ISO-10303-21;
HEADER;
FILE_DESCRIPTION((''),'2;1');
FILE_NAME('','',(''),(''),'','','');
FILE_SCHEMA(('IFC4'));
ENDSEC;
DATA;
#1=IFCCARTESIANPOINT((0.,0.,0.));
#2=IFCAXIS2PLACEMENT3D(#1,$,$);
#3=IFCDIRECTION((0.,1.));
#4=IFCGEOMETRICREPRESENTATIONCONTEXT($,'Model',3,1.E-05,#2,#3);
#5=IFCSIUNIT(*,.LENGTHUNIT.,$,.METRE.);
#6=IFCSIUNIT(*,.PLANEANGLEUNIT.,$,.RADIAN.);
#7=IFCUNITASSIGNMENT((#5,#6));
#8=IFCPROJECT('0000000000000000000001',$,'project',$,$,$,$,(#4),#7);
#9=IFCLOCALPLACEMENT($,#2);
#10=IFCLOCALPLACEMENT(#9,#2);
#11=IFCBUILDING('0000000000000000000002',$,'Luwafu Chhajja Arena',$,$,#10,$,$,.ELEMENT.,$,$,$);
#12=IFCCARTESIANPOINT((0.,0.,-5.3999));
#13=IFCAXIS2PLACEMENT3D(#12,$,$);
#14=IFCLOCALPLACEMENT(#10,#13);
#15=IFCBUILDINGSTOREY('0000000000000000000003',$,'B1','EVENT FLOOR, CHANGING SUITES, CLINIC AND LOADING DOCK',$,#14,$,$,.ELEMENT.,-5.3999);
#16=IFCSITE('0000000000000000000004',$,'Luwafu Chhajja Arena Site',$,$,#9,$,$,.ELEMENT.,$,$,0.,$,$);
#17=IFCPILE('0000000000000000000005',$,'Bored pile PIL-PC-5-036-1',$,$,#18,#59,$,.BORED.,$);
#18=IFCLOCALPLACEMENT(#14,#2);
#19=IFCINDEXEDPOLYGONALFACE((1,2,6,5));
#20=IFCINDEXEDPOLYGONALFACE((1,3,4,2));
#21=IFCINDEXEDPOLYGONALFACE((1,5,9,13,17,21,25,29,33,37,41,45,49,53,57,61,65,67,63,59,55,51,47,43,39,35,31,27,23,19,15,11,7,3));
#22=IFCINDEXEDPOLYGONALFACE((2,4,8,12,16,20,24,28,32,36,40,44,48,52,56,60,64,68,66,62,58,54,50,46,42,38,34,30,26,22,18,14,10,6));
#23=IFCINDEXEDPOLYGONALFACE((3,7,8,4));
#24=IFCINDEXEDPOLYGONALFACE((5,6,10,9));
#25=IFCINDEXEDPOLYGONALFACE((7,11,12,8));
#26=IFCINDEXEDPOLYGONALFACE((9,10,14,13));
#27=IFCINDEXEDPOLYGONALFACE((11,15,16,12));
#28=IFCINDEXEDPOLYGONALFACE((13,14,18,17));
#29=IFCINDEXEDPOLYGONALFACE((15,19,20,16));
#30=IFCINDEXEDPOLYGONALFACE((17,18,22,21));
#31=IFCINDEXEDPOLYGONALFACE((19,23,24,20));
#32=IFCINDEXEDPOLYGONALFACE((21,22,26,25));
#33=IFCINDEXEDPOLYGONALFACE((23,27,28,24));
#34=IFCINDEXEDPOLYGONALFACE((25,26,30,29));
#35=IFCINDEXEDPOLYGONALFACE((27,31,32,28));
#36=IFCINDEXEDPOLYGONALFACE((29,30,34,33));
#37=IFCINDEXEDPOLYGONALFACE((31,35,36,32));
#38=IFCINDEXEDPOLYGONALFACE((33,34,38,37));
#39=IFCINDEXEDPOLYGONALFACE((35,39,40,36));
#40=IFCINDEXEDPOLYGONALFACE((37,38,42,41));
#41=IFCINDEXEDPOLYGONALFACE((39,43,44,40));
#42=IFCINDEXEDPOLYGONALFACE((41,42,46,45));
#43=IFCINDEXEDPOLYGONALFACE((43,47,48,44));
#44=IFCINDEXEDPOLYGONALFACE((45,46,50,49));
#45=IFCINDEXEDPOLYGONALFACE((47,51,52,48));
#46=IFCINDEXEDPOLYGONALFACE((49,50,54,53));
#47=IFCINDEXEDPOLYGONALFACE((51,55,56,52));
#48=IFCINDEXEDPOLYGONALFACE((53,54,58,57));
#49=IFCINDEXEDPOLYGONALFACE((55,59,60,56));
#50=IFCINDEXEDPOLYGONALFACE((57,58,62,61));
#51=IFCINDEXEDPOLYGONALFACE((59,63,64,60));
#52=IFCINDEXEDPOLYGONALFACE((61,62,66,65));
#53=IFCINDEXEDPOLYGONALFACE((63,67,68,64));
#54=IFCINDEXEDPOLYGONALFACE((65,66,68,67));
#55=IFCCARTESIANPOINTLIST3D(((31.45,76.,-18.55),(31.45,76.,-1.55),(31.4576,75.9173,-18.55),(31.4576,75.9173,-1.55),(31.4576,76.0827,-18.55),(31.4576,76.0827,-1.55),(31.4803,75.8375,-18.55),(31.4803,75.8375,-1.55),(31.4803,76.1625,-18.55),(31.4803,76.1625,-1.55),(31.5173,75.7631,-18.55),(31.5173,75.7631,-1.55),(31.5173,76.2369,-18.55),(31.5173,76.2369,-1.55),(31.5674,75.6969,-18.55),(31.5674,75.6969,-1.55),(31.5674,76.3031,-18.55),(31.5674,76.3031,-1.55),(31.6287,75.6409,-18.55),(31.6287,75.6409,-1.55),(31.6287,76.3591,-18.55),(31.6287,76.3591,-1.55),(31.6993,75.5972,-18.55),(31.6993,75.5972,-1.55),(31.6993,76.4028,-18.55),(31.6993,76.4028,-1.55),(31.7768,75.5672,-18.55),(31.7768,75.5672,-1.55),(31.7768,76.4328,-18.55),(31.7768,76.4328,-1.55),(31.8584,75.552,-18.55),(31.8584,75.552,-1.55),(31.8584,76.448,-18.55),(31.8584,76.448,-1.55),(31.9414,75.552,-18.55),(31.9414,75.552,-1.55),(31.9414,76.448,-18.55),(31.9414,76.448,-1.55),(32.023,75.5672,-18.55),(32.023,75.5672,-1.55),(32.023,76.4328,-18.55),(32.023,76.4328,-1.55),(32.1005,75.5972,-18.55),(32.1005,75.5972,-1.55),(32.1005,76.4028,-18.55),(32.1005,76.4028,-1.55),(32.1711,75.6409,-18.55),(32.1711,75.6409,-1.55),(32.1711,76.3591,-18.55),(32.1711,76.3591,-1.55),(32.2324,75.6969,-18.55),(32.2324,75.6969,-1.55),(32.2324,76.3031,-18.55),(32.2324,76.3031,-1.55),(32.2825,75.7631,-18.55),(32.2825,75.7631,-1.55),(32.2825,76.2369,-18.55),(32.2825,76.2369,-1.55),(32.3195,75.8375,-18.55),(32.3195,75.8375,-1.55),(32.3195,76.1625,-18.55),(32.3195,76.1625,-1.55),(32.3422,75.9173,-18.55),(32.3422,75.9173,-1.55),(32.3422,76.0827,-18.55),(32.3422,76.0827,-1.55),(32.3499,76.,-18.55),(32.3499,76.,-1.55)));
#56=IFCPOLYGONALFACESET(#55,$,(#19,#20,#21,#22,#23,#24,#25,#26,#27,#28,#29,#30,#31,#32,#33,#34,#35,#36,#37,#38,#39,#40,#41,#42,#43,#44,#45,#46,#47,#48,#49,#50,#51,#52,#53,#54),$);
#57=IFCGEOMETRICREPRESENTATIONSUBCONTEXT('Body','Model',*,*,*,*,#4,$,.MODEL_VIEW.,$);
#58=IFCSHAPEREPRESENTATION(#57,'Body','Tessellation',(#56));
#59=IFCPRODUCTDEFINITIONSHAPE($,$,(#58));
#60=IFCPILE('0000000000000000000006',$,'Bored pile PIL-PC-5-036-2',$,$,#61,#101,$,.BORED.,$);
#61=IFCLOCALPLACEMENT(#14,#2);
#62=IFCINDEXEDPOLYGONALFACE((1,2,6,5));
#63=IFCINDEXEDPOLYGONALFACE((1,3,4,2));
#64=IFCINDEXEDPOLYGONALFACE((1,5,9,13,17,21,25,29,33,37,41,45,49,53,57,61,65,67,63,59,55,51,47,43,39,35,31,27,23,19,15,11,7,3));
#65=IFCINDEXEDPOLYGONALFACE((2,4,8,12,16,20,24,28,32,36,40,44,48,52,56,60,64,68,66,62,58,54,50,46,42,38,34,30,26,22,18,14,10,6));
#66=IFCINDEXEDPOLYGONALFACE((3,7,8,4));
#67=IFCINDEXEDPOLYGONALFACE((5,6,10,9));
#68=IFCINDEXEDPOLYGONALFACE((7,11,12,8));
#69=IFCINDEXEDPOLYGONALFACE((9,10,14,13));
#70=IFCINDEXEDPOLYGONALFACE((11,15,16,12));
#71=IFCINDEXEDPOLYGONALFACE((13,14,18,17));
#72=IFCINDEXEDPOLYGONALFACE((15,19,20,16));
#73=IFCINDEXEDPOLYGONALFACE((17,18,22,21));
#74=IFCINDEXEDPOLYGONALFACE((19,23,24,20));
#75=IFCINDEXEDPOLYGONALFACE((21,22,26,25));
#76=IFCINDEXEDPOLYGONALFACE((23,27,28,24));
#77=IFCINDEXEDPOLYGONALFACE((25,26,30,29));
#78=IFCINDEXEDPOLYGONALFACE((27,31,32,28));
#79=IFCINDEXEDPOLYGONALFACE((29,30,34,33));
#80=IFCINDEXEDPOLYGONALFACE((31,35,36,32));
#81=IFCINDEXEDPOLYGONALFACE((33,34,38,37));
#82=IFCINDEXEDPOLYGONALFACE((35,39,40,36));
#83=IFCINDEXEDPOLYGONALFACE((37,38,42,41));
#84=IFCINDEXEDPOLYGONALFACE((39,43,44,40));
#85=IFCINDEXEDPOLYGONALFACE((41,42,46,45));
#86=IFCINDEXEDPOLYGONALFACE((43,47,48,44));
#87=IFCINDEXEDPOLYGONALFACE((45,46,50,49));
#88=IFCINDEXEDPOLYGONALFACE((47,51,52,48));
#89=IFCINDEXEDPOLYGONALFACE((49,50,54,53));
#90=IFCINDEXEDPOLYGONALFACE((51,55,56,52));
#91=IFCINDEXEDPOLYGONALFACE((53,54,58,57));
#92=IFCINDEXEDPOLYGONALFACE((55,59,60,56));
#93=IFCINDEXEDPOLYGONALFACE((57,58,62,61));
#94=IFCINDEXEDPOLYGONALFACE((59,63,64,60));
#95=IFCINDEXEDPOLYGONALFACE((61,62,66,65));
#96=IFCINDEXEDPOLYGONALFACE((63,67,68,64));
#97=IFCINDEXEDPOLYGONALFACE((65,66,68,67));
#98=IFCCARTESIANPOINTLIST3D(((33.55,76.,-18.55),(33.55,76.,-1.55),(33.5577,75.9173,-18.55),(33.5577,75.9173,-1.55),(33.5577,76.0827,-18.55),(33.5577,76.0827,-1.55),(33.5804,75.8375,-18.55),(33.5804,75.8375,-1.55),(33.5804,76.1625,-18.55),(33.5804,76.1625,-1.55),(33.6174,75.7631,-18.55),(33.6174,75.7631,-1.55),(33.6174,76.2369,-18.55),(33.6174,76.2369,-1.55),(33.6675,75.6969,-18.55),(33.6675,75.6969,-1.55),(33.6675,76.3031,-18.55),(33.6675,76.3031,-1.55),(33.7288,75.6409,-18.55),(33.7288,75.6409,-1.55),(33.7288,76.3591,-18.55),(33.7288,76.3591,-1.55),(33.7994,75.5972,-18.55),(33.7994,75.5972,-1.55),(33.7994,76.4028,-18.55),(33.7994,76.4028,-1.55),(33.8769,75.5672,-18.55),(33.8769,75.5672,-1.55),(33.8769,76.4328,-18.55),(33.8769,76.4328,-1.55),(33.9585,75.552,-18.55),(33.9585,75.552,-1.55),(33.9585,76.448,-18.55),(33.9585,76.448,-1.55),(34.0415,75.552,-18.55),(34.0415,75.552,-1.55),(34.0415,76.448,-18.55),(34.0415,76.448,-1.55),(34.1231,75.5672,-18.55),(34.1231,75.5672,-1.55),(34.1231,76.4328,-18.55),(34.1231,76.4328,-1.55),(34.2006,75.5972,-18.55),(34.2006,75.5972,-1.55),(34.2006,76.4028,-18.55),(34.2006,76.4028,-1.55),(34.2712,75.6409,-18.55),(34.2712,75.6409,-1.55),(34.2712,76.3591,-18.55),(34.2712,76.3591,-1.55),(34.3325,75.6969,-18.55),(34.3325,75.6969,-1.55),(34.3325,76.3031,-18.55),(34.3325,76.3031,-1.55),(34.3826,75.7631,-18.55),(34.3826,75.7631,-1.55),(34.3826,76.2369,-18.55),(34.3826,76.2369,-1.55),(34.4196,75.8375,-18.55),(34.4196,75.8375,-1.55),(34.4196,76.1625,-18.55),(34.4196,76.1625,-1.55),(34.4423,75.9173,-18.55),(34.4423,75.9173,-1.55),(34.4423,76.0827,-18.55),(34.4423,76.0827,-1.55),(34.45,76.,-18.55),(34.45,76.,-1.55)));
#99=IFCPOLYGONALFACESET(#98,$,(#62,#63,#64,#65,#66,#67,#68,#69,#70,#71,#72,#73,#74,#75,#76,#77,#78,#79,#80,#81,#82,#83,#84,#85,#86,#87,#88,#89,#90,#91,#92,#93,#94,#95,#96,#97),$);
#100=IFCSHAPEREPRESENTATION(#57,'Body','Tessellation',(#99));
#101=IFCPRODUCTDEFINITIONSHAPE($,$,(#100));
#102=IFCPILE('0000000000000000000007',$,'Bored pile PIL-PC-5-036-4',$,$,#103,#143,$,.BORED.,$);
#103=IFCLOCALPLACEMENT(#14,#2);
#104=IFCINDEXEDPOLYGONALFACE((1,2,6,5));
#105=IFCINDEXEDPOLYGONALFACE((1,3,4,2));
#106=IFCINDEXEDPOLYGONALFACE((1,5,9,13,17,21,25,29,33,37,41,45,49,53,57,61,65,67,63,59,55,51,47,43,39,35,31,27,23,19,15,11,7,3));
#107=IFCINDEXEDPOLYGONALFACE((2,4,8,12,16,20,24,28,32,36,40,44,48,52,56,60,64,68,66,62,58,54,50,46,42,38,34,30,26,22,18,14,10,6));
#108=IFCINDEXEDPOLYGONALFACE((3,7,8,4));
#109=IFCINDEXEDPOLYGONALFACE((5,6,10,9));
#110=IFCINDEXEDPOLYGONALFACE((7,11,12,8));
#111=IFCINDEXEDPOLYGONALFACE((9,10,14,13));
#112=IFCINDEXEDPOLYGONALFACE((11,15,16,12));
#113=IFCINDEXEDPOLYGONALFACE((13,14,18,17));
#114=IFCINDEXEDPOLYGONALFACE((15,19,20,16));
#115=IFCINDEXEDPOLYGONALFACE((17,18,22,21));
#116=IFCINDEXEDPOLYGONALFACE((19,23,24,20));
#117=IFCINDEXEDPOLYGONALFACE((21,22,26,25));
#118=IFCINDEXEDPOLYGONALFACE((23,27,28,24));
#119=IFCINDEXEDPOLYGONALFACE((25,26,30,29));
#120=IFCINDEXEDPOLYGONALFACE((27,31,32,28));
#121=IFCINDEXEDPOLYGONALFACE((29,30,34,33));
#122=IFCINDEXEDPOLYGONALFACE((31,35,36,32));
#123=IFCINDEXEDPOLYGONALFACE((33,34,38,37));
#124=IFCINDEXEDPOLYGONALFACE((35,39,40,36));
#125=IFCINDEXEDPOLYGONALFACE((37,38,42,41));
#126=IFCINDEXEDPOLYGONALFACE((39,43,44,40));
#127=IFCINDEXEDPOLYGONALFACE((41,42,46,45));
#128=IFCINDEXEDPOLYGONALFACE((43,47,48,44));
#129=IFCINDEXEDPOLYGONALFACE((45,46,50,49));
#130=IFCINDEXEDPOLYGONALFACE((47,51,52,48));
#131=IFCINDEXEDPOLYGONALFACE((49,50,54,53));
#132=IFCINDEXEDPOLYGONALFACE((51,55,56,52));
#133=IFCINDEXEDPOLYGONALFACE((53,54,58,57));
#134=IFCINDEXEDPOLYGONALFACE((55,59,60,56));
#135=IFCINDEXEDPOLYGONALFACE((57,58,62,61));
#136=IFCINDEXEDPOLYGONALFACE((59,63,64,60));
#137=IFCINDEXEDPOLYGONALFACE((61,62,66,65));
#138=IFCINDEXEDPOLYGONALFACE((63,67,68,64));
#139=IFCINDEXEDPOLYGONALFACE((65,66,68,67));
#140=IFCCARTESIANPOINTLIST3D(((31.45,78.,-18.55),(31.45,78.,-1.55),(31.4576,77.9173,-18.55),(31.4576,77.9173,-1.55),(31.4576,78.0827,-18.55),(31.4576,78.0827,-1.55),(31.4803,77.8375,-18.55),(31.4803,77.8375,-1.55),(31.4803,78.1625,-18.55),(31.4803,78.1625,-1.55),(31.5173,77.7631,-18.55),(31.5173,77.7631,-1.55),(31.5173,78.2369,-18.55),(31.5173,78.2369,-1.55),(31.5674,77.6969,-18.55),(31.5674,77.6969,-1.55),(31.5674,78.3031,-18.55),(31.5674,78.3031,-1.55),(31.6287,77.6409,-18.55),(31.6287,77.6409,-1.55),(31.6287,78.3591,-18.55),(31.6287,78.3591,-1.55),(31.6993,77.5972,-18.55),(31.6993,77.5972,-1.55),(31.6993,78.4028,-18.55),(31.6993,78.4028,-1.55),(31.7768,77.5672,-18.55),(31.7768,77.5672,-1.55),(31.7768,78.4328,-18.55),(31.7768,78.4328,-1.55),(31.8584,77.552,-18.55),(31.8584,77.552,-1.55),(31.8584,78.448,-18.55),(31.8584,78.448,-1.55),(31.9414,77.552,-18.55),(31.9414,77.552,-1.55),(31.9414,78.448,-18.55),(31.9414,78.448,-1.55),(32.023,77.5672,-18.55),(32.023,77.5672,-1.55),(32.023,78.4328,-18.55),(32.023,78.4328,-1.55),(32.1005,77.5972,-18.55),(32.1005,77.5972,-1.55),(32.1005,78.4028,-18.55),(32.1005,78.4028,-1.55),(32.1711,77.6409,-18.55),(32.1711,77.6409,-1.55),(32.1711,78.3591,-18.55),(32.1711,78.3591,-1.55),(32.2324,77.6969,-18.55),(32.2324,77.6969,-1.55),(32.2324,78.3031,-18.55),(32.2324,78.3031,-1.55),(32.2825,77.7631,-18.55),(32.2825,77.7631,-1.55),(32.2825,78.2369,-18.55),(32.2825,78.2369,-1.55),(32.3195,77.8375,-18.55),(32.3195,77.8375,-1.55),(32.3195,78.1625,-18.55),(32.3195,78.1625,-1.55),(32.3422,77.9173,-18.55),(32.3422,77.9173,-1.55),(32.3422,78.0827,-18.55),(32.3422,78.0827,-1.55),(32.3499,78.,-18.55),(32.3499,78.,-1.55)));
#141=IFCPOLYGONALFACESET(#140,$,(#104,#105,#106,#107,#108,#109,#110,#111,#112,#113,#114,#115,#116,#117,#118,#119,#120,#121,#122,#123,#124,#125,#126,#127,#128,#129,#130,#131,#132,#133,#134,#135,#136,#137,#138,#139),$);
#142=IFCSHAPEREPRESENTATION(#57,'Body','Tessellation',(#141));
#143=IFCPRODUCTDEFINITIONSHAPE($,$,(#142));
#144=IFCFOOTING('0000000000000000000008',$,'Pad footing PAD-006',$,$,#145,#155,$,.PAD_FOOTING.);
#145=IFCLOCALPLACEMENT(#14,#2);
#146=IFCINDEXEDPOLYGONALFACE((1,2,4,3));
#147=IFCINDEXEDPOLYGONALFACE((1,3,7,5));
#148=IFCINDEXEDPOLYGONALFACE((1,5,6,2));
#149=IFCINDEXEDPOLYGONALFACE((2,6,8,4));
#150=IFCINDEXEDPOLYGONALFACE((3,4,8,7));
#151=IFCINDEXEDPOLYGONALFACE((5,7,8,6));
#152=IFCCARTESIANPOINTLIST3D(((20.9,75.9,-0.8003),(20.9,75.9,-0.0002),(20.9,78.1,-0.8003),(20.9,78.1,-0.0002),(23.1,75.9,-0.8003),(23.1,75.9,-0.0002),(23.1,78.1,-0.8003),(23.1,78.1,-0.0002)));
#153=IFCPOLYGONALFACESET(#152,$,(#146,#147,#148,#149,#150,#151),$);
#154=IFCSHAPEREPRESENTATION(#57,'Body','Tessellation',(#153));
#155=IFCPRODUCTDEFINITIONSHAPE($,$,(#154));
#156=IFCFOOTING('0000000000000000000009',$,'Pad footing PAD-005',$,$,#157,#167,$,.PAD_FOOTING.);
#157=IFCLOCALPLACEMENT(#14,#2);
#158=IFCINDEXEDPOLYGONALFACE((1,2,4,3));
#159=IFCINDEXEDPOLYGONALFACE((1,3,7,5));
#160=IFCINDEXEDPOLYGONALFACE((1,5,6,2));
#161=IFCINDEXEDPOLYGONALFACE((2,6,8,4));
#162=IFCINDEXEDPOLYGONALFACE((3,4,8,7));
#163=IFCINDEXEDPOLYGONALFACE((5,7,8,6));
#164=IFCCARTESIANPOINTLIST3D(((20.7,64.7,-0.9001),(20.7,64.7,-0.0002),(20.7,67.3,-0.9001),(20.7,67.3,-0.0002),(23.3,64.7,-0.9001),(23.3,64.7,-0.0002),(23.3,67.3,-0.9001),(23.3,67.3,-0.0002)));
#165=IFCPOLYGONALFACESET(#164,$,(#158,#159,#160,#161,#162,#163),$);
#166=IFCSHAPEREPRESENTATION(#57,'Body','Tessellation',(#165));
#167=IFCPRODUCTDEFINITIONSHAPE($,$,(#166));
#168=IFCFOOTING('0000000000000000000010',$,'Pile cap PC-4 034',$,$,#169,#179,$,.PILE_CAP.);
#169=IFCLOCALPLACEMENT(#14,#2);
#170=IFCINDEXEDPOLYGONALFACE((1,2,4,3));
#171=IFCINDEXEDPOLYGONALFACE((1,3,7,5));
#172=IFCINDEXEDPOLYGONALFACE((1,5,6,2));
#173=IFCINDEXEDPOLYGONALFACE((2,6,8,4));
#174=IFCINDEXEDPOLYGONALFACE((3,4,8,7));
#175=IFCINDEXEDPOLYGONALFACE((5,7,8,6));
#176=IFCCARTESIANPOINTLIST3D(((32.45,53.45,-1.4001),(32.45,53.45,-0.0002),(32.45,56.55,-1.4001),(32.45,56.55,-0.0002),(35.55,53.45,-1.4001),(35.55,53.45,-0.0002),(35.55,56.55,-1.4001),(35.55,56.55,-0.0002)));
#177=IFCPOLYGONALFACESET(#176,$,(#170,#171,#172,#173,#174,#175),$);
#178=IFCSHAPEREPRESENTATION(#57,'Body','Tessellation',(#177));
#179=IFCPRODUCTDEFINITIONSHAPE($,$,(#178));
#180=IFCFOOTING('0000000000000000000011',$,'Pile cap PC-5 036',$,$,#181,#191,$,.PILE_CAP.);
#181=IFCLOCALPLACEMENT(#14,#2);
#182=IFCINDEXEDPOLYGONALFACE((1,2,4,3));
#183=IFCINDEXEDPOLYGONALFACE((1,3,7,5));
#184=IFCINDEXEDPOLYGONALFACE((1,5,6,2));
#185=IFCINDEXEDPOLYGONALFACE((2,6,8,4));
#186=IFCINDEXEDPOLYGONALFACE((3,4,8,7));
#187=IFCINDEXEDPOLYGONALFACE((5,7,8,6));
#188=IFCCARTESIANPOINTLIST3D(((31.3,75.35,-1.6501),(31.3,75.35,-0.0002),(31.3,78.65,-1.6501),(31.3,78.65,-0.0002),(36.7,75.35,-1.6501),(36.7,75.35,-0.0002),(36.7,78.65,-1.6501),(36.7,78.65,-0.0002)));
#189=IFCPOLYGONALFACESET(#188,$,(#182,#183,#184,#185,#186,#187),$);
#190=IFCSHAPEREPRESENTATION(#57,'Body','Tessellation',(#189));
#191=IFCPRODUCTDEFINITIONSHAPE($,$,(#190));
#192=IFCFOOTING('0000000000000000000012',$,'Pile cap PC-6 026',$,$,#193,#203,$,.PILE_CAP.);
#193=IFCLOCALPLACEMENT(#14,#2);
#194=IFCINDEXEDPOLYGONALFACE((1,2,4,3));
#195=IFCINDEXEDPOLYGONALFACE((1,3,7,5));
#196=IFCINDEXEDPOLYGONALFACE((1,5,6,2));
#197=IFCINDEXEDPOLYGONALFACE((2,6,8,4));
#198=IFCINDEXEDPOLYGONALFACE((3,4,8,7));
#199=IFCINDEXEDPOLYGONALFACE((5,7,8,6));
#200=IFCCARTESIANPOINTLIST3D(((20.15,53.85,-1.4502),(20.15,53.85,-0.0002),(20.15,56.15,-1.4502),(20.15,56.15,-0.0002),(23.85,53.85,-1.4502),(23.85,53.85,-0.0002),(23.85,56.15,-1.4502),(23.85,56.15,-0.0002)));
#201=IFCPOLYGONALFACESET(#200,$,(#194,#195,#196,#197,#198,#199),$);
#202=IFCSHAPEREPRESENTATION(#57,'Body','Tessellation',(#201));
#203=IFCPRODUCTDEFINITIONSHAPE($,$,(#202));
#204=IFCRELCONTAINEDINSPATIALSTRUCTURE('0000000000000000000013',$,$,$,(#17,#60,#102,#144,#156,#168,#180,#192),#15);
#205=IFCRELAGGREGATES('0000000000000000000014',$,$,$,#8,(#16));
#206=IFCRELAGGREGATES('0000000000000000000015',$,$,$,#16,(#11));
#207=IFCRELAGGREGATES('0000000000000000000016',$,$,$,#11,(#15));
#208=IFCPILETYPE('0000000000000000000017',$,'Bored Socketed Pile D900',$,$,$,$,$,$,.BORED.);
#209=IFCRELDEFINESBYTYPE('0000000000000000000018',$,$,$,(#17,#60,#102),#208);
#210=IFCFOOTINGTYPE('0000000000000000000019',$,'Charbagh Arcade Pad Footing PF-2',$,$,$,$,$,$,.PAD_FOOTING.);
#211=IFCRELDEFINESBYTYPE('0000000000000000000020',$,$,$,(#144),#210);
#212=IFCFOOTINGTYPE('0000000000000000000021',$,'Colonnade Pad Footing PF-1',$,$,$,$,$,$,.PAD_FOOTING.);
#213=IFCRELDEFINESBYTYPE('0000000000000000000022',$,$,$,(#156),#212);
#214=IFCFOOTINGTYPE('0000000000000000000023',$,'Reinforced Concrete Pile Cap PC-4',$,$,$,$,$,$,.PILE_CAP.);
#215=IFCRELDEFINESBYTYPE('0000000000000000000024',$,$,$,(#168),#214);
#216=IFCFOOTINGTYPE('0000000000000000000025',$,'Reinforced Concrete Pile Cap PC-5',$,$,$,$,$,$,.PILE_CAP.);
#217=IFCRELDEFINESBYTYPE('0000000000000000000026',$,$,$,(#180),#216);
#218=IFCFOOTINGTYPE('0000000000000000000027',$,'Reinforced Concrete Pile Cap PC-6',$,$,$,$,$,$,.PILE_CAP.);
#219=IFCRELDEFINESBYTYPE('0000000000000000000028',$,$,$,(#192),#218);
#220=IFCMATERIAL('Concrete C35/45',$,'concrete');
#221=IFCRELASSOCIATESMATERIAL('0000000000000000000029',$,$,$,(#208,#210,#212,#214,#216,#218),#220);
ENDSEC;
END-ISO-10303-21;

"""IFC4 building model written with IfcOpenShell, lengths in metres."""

from ifc_helpers import new_model, si_unit, direction, frame, origin, origin_2d, place, context, subcontext, project, spatial, rectangle, circle, extrude, material, material_profile, profile_set, type_object, element, save


model = new_model("IFC4")

# Units and contexts
model_context = context("Model", 3, precision=1e-05, world=origin(), true_north=direction((0.0, 1.0)))
body_context = subcontext(model_context, "Body", "Model", "MODEL_VIEW")
ifc_project = project(units=[si_unit("LENGTHUNIT", "METRE"), si_unit("PLANEANGLEUNIT", "RADIAN")], contexts=[model_context])

# Site, building, storey
site_placement = place(None, origin())
site = spatial("IfcSite", under=ifc_project, at=site_placement, Name="Luwafu Chhajja Arena Site", CompositionType="ELEMENT", RefElevation=0.0)
building_placement = place(site_placement, origin())
building = spatial("IfcBuilding", under=site, at=building_placement, Name="Luwafu Chhajja Arena", CompositionType="ELEMENT")
storey_placement = place(building_placement, frame((0.0, 0.0, -5.3999)))
storey = spatial("IfcBuildingStorey", under=building, at=storey_placement, Name="B1", Description="EVENT FLOOR, CHANGING SUITES, CLINIC AND LOADING DOCK", CompositionType="ELEMENT", Elevation=-5.3999)

# Piles
ifc_material_1 = material(Name="Concrete C35/45", Category="concrete")
ifc_material_profile_1 = material_profile(ifc_material_1, circle(Radius=0.45, at=origin_2d()), Name="PILE D900")
ifc_profile_set_1 = profile_set([ifc_material_profile_1], Name="Concrete C35/45")
pile_type_1 = type_object("IfcPileType", Name="Bored Socketed Pile D900", PredefinedType="BORED", material=ifc_profile_set_1)
for number, where, z_axis, x_axis, name in (
    (1, (31.8999, 76.0, -1.55), (0.0, 0.0, -1.0), (1.0, 0.0, 0.0), "Bored pile PIL-PC-5-036-1"),
    (2, (34.0, 76.0, -1.55), (0.0, 0.0, -1.0), (1.0, 0.0, 0.0), "Bored pile PIL-PC-5-036-2"),
    (3, (31.8999, 78.0, -1.55), (0.0, 0.0, -1.0), (1.0, 0.0, 0.0), "Bored pile PIL-PC-5-036-4"),
):
    element("IfcPile", number, at=place(storey_placement, frame(where, z_axis=z_axis, x_axis=x_axis)), inside=storey, type_object=pile_type_1, Name=name, PredefinedType="BORED", context=body_context, shape_type="SweptSolid", body=[
        extrude(circle(Radius=0.45, at=origin_2d()), origin(), (0.0, 0.0, 1.0), 17.0),
    ])

# Footings
footing_type_1 = type_object("IfcFootingType", Name="Charbagh Arcade Pad Footing PF-2", PredefinedType="PAD_FOOTING", material=ifc_material_1)
footing_1_placement = place(storey_placement, frame((22.0, 77.0, -0.8003), z_axis=(0.0, 0.0, 1.0), x_axis=(1.0, 0.0, 0.0)))
element("IfcFooting", 4, at=footing_1_placement, inside=storey, type_object=footing_type_1, Name="Pad footing PAD-006", PredefinedType="PAD_FOOTING", context=body_context, shape_type="SweptSolid", body=[
    extrude(rectangle(XDim=2.2, YDim=2.2, at=origin_2d()), origin(), (0.0, 0.0, 1.0), 0.8),
])
footing_type_2 = type_object("IfcFootingType", Name="Colonnade Pad Footing PF-1", PredefinedType="PAD_FOOTING", material=ifc_material_1)
footing_2_placement = place(storey_placement, frame((22.0, 66.0, -0.9001), z_axis=(0.0, 0.0, 1.0), x_axis=(1.0, 0.0, 0.0)))
element("IfcFooting", 5, at=footing_2_placement, inside=storey, type_object=footing_type_2, Name="Pad footing PAD-005", PredefinedType="PAD_FOOTING", context=body_context, shape_type="SweptSolid", body=[
    extrude(rectangle(XDim=2.6001, YDim=2.6001, at=origin_2d()), origin(), (0.0, 0.0, 1.0), 0.8999),
])
footing_type_3 = type_object("IfcFootingType", Name="Reinforced Concrete Pile Cap PC-4", PredefinedType="PILE_CAP", material=ifc_material_1)
footing_3_placement = place(storey_placement, frame((34.0, 55.0, -1.4001), z_axis=(0.0, 0.0, 1.0), x_axis=(1.0, 0.0, 0.0)))
element("IfcFooting", 6, at=footing_3_placement, inside=storey, type_object=footing_type_3, Name="Pile cap PC-4 034", PredefinedType="PILE_CAP", context=body_context, shape_type="SweptSolid", body=[
    extrude(rectangle(XDim=3.1001, YDim=3.1001, at=origin_2d()), origin(), (0.0, 0.0, 1.0), 1.3999),
])
footing_type_4 = type_object("IfcFootingType", Name="Reinforced Concrete Pile Cap PC-5", PredefinedType="PILE_CAP", material=ifc_material_1)
footing_4_placement = place(storey_placement, frame((34.0, 77.0, -1.6501), z_axis=(0.0, 0.0, 1.0), x_axis=(1.0, 0.0, 0.0)))
element("IfcFooting", 7, at=footing_4_placement, inside=storey, type_object=footing_type_4, Name="Pile cap PC-5 036", PredefinedType="PILE_CAP", context=body_context, shape_type="SweptSolid", body=[
    extrude(rectangle(XDim=5.3999, YDim=3.3, at=origin_2d()), origin(), (0.0, 0.0, 1.0), 1.6499),
])
footing_type_5 = type_object("IfcFootingType", Name="Reinforced Concrete Pile Cap PC-6", PredefinedType="PILE_CAP", material=ifc_material_1)
for number, where, z_axis, x_axis, name in (
    (8, (22.0, 55.0, -1.4502), (0.0, 0.0, 1.0), (1.0, 0.0, 0.0), "Pile cap PC-6 026"),
):
    element("IfcFooting", number, at=place(storey_placement, frame(where, z_axis=z_axis, x_axis=x_axis)), inside=storey, type_object=footing_type_5, Name=name, PredefinedType="PILE_CAP", context=body_context, shape_type="SweptSolid", body=[
        extrude(rectangle(XDim=3.7, YDim=2.3, at=origin_2d()), origin(), (0.0, 0.0, 1.0), 1.45),
    ])

save(model, "model.ifc")
